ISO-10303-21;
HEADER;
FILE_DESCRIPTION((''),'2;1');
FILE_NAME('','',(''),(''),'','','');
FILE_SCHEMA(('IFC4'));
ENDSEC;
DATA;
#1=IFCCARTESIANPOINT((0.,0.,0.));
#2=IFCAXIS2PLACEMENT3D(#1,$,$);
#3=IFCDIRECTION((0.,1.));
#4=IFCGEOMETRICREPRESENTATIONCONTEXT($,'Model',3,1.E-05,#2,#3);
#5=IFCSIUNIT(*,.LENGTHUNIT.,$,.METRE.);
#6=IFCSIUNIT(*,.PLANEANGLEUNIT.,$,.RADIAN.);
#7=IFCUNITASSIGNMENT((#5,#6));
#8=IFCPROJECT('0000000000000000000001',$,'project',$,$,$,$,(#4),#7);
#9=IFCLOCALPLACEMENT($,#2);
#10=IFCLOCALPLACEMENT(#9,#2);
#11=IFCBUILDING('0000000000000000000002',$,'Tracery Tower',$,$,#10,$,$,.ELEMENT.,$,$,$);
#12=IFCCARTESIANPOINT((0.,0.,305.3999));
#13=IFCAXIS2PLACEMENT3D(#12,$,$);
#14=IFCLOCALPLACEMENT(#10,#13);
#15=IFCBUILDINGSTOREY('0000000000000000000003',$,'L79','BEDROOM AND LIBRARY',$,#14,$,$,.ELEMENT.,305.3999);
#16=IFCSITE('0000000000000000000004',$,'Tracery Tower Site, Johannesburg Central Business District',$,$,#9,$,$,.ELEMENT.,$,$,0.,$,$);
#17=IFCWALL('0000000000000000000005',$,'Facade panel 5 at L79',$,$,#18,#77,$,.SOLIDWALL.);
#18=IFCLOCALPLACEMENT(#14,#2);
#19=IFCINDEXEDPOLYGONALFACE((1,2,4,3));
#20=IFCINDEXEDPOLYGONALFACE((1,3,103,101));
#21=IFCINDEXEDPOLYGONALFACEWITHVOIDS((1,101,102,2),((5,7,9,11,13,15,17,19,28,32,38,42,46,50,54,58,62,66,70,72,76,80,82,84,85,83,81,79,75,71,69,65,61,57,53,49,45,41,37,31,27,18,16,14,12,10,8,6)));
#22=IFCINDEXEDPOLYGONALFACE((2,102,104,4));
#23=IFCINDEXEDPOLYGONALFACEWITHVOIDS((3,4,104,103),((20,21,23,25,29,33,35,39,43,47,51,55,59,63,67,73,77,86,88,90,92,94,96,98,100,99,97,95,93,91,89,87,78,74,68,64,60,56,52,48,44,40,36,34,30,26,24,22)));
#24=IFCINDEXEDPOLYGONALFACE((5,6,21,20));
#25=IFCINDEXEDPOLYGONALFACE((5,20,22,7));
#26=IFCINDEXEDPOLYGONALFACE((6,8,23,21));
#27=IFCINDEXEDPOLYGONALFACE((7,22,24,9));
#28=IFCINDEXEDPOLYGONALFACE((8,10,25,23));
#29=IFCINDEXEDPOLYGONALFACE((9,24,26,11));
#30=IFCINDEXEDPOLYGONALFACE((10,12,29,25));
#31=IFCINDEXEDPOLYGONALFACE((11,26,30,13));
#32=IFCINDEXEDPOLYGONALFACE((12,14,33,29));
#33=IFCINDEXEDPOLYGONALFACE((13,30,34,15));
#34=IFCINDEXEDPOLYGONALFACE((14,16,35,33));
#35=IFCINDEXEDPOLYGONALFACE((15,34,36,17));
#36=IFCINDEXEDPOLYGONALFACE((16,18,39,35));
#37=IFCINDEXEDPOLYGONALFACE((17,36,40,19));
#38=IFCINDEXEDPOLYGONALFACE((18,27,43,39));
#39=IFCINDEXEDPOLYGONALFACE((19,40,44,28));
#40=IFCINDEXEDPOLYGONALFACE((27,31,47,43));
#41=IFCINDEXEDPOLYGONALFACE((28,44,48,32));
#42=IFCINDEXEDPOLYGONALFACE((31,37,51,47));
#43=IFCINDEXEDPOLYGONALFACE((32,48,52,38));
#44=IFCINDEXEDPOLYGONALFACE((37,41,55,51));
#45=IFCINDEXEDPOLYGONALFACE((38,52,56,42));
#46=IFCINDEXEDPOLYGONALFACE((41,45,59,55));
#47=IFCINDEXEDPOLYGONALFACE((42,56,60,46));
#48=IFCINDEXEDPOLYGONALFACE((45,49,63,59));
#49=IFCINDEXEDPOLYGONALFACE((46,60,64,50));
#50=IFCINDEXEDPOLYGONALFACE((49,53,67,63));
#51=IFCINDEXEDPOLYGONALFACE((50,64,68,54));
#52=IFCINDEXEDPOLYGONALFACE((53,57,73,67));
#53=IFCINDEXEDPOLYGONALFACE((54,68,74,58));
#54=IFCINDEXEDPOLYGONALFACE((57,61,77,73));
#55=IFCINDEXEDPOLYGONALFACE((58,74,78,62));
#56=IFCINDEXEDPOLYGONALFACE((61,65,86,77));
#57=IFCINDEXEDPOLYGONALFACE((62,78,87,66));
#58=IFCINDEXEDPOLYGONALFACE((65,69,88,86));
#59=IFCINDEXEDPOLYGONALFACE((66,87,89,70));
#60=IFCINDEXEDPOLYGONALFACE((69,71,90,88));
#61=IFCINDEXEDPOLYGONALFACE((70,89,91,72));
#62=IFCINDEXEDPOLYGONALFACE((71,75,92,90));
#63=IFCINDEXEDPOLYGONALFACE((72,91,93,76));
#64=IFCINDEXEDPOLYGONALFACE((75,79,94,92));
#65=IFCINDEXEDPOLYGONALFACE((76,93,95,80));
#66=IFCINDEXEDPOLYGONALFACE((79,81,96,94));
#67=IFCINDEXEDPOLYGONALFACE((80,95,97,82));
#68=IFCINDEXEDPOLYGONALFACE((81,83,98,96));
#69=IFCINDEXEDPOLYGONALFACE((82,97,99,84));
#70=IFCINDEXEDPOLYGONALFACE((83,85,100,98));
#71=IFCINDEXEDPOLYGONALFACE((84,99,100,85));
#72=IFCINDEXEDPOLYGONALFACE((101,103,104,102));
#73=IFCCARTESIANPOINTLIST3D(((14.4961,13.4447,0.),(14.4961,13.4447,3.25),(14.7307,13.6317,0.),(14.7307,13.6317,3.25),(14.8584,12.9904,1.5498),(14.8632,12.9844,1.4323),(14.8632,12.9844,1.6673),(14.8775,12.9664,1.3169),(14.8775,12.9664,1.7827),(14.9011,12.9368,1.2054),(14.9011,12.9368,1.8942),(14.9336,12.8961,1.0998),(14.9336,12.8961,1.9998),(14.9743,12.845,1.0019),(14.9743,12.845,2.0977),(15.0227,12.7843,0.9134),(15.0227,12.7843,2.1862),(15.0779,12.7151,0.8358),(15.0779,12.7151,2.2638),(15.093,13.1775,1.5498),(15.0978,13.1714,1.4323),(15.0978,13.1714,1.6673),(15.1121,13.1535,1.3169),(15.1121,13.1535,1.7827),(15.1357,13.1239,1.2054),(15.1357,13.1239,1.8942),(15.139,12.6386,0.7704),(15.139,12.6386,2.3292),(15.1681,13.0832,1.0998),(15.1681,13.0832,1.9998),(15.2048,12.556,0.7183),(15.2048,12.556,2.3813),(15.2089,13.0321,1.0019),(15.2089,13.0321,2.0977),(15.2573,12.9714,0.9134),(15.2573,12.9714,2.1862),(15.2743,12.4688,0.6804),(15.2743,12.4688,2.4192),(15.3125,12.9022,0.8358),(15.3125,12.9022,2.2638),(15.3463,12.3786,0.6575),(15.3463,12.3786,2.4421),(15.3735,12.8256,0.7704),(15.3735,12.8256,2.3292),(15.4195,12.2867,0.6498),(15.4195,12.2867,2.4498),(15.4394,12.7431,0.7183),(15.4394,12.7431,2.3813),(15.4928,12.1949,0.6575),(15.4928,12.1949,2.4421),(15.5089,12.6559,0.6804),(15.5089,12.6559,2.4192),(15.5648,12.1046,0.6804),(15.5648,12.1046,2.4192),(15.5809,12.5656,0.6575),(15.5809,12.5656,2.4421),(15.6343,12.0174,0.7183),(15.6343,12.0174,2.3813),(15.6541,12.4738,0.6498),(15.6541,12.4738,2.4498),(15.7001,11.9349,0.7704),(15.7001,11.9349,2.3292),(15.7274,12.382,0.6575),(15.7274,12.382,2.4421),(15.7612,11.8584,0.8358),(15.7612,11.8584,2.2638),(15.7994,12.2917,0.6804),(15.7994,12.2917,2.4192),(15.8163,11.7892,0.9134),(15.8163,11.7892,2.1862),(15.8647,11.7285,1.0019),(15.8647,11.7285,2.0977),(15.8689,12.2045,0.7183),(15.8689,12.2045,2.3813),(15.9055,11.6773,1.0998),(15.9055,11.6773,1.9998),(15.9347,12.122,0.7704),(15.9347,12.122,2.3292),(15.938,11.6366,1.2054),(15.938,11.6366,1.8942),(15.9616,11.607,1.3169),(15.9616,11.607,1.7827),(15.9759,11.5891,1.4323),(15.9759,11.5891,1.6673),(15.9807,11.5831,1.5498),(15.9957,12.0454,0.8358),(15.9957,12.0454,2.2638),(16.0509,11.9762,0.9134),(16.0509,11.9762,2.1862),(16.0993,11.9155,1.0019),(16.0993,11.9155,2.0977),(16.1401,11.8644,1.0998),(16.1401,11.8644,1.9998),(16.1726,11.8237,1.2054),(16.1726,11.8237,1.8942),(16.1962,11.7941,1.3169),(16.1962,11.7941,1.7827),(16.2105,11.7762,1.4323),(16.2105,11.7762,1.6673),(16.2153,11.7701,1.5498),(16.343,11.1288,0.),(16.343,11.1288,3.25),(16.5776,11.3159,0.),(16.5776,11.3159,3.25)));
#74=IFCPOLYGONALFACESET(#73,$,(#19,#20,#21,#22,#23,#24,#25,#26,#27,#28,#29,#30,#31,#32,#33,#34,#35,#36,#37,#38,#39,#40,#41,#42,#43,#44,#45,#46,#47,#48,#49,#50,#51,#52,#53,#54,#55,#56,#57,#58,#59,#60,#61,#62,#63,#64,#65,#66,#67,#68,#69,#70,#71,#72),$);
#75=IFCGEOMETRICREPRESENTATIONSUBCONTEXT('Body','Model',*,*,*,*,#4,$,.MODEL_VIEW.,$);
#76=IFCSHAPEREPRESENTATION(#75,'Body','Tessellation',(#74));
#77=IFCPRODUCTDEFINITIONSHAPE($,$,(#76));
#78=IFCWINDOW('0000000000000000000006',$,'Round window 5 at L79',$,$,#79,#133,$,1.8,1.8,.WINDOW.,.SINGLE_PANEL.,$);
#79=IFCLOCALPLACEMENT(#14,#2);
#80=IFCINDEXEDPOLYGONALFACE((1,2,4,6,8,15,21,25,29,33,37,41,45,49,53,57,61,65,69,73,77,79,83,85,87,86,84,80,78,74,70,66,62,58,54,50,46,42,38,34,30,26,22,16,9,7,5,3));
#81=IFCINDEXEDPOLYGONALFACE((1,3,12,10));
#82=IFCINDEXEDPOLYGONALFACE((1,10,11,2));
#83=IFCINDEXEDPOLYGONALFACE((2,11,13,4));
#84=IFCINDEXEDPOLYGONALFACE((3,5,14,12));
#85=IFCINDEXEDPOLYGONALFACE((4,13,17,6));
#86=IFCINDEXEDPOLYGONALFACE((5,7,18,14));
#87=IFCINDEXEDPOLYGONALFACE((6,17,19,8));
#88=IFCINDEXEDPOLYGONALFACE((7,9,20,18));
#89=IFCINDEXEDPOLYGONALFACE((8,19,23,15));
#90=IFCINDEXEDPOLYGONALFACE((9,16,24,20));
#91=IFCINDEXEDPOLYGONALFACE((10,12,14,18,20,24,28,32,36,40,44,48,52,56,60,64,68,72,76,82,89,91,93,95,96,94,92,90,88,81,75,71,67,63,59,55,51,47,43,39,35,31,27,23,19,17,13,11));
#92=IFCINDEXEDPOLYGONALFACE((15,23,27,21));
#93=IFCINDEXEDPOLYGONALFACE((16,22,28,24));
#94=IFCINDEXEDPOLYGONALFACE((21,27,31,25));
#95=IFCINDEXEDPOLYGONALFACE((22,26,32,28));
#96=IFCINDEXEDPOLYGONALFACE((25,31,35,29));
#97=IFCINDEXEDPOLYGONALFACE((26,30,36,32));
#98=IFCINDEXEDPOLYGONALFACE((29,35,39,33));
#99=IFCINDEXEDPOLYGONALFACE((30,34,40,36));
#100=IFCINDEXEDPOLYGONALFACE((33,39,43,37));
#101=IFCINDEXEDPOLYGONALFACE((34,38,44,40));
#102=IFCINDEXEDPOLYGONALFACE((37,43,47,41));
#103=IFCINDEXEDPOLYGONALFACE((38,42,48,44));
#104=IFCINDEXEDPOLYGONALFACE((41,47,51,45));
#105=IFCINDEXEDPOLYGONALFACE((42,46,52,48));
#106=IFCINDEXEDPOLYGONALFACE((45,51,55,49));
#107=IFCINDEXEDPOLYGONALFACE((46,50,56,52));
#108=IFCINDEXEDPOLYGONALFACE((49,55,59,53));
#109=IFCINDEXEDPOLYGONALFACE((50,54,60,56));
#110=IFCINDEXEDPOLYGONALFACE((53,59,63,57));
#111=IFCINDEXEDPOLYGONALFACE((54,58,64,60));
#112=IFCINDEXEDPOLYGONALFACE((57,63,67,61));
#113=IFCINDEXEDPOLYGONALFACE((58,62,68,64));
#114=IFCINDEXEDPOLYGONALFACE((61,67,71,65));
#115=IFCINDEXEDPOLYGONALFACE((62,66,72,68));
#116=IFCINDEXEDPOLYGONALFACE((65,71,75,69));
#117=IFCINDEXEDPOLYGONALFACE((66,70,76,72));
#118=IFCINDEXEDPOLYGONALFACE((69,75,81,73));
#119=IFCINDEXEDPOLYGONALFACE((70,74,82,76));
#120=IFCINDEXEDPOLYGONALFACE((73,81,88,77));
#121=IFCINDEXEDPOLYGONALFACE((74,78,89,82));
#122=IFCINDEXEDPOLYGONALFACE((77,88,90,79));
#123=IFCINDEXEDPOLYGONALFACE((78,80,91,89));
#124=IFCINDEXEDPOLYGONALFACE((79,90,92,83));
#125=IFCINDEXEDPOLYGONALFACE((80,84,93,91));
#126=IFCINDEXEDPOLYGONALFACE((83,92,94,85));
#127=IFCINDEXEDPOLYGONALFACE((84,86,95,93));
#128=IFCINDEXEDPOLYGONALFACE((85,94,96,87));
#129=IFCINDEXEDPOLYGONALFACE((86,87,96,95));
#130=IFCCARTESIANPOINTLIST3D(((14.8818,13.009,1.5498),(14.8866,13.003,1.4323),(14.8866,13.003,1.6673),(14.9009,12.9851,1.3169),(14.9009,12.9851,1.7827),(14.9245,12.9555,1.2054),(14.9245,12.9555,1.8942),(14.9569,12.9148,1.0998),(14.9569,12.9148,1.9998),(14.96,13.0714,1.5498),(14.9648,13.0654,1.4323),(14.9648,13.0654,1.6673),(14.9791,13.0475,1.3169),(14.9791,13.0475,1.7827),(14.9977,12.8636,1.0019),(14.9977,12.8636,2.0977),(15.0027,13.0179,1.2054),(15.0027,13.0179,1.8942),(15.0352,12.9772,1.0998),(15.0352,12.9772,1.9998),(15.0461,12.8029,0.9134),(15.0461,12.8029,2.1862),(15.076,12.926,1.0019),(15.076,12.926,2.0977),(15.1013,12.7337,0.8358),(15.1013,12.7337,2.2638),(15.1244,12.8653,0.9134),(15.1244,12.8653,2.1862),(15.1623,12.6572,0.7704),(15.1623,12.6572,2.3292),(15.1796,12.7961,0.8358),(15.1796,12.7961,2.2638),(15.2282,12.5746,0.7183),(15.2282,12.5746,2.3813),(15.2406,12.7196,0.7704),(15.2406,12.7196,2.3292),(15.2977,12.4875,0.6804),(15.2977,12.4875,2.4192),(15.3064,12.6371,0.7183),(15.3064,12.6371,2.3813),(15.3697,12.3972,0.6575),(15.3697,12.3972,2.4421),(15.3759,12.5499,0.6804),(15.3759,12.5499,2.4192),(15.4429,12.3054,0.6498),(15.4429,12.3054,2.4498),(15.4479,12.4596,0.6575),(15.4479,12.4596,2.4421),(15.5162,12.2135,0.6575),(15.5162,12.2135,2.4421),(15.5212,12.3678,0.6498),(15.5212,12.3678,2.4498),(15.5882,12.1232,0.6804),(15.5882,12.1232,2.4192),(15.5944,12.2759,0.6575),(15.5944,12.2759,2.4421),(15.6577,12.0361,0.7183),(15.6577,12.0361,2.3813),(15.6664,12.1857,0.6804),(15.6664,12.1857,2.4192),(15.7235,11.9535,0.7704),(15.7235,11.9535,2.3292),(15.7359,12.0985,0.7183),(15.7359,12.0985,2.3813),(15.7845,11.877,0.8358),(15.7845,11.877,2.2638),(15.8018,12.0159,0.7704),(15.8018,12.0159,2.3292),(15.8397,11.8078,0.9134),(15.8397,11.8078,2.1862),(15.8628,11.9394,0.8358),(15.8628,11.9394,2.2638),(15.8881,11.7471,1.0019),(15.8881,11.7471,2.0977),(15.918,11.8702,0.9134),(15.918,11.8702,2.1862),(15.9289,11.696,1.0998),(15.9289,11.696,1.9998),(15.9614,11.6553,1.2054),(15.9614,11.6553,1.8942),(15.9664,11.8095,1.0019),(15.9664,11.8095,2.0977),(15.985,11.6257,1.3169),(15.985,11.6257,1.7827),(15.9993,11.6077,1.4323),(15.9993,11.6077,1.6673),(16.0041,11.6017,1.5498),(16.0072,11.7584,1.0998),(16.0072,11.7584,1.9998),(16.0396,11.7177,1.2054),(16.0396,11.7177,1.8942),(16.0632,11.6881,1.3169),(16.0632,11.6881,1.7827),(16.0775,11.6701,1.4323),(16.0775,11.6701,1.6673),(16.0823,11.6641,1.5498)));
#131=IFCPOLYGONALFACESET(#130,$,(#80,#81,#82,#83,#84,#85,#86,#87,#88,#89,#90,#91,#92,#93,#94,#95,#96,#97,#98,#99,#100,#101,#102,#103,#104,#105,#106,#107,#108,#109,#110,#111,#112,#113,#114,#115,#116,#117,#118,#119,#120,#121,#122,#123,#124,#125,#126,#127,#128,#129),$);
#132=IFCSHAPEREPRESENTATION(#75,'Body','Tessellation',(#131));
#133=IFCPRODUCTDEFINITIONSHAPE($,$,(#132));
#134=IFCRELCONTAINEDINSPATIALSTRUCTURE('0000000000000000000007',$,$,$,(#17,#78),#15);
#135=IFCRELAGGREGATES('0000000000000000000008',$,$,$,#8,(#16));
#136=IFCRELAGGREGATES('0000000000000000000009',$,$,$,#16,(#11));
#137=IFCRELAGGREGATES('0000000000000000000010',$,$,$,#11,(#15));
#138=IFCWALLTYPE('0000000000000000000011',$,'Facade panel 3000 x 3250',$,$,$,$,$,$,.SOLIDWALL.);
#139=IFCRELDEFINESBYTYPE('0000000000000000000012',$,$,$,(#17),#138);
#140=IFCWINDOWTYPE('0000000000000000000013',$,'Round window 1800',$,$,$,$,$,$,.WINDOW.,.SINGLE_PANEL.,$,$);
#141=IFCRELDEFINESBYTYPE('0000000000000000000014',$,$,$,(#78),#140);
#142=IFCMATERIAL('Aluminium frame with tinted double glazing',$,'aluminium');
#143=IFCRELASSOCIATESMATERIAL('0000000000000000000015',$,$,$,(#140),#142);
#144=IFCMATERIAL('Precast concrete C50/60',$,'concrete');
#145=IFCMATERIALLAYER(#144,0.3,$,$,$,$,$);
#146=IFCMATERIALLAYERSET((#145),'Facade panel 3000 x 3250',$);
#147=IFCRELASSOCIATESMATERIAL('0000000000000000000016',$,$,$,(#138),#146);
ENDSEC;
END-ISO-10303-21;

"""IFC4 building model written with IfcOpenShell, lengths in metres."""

from ifc_helpers import new_model, si_unit, direction, frame, frame_2d, origin, origin_2d, place, context, subcontext, project, spatial, rectangle, circle, extrude, material, layer, layer_set, type_object, element, fill, save


model = new_model("IFC4")

# Units and contexts
model_context = context("Model", 3, precision=1e-05, world=origin(), true_north=direction((0.0, 1.0)))
body_context = subcontext(model_context, "Body", "Model", "MODEL_VIEW")
ifc_project = project(units=[si_unit("LENGTHUNIT", "METRE"), si_unit("PLANEANGLEUNIT", "RADIAN")], contexts=[model_context])

# Site, building, storey
site_placement = place(None, origin())
site = spatial("IfcSite", under=ifc_project, at=site_placement, Name="Tracery Tower Site, Johannesburg Central Business District", CompositionType="ELEMENT", RefElevation=0.0)
building_placement = place(site_placement, origin())
building = spatial("IfcBuilding", under=site, at=building_placement, Name="Tracery Tower", CompositionType="ELEMENT")
storey_placement = place(building_placement, frame((0.0, 0.0, 305.3999)))
storey = spatial("IfcBuildingStorey", under=building, at=storey_placement, Name="L79", Description="BEDROOM AND LIBRARY", CompositionType="ELEMENT", Elevation=305.3999)

# Wall, opening, window
ifc_material_1 = material(Name="Aluminium frame with tinted double glazing", Category="aluminium")
window_type = type_object("IfcWindowType", Name="Round window 1800", PartitioningType="SINGLE_PANEL", PredefinedType="WINDOW", material=ifc_material_1)
ifc_material_2 = material(Name="Precast concrete C50/60", Category="concrete")
ifc_layer_1 = layer(ifc_material_2, 0.3)
ifc_layer_set_1 = layer_set([ifc_layer_1], Name="Facade panel 3000 x 3250")
wall_type_1 = type_object("IfcWallType", Name="Facade panel 3000 x 3250", PredefinedType="SOLIDWALL", material=ifc_layer_set_1)
wall_1_placement = place(storey_placement, frame((16.4602, 11.2224, 0.0), z_axis=(0.0, 0.0, 1.0), x_axis=(-0.623498, 0.781825, 0.0)))
wall_1 = element("IfcWall", 1, at=wall_1_placement, inside=storey, type_object=wall_type_1, Name="Facade panel 5 at L79", PredefinedType="SOLIDWALL", context=body_context, shape_type="SweptSolid", body=[
    extrude(rectangle(XDim=2.9622, YDim=0.3, at=frame_2d((1.481, 0.0))), origin(), (0.0, 0.0, 1.0), 3.25),
])
opening_1_placement = place(wall_1_placement, frame((1.481, 0.0, 1.5498)))
opening_1 = element("IfcOpeningElement", 2, at=opening_1_placement, cuts=wall_1, PredefinedType="OPENING", context=body_context, shape_type="SweptSolid", body=[
    extrude(circle(Radius=0.9, at=origin_2d()), frame((0.0, 0.1599, 0.0), z_axis=(0.0, -1.0, 0.0), x_axis=(1.0, 0.0, 0.0)), (0.0, 0.0, 1.0), 0.3201),
])
window_1_placement = place(opening_1_placement, origin())
window_1 = element("IfcWindow", 3, at=window_1_placement, inside=storey, type_object=window_type, Name="Round window 5 at L79", OverallHeight=1.8, OverallWidth=1.8, PartitioningType="SINGLE_PANEL", PredefinedType="WINDOW", context=body_context, shape_type="SweptSolid", body=[
    extrude(circle(Radius=0.9, at=origin_2d()), frame((0.0, 0.1201, 0.0), z_axis=(0.0, -1.0, 0.0), x_axis=(1.0, 0.0, 0.0)), (0.0, 0.0, 1.0), 0.1001),
])
fill(opening_1, window_1)

save(model, "model.ifc")
